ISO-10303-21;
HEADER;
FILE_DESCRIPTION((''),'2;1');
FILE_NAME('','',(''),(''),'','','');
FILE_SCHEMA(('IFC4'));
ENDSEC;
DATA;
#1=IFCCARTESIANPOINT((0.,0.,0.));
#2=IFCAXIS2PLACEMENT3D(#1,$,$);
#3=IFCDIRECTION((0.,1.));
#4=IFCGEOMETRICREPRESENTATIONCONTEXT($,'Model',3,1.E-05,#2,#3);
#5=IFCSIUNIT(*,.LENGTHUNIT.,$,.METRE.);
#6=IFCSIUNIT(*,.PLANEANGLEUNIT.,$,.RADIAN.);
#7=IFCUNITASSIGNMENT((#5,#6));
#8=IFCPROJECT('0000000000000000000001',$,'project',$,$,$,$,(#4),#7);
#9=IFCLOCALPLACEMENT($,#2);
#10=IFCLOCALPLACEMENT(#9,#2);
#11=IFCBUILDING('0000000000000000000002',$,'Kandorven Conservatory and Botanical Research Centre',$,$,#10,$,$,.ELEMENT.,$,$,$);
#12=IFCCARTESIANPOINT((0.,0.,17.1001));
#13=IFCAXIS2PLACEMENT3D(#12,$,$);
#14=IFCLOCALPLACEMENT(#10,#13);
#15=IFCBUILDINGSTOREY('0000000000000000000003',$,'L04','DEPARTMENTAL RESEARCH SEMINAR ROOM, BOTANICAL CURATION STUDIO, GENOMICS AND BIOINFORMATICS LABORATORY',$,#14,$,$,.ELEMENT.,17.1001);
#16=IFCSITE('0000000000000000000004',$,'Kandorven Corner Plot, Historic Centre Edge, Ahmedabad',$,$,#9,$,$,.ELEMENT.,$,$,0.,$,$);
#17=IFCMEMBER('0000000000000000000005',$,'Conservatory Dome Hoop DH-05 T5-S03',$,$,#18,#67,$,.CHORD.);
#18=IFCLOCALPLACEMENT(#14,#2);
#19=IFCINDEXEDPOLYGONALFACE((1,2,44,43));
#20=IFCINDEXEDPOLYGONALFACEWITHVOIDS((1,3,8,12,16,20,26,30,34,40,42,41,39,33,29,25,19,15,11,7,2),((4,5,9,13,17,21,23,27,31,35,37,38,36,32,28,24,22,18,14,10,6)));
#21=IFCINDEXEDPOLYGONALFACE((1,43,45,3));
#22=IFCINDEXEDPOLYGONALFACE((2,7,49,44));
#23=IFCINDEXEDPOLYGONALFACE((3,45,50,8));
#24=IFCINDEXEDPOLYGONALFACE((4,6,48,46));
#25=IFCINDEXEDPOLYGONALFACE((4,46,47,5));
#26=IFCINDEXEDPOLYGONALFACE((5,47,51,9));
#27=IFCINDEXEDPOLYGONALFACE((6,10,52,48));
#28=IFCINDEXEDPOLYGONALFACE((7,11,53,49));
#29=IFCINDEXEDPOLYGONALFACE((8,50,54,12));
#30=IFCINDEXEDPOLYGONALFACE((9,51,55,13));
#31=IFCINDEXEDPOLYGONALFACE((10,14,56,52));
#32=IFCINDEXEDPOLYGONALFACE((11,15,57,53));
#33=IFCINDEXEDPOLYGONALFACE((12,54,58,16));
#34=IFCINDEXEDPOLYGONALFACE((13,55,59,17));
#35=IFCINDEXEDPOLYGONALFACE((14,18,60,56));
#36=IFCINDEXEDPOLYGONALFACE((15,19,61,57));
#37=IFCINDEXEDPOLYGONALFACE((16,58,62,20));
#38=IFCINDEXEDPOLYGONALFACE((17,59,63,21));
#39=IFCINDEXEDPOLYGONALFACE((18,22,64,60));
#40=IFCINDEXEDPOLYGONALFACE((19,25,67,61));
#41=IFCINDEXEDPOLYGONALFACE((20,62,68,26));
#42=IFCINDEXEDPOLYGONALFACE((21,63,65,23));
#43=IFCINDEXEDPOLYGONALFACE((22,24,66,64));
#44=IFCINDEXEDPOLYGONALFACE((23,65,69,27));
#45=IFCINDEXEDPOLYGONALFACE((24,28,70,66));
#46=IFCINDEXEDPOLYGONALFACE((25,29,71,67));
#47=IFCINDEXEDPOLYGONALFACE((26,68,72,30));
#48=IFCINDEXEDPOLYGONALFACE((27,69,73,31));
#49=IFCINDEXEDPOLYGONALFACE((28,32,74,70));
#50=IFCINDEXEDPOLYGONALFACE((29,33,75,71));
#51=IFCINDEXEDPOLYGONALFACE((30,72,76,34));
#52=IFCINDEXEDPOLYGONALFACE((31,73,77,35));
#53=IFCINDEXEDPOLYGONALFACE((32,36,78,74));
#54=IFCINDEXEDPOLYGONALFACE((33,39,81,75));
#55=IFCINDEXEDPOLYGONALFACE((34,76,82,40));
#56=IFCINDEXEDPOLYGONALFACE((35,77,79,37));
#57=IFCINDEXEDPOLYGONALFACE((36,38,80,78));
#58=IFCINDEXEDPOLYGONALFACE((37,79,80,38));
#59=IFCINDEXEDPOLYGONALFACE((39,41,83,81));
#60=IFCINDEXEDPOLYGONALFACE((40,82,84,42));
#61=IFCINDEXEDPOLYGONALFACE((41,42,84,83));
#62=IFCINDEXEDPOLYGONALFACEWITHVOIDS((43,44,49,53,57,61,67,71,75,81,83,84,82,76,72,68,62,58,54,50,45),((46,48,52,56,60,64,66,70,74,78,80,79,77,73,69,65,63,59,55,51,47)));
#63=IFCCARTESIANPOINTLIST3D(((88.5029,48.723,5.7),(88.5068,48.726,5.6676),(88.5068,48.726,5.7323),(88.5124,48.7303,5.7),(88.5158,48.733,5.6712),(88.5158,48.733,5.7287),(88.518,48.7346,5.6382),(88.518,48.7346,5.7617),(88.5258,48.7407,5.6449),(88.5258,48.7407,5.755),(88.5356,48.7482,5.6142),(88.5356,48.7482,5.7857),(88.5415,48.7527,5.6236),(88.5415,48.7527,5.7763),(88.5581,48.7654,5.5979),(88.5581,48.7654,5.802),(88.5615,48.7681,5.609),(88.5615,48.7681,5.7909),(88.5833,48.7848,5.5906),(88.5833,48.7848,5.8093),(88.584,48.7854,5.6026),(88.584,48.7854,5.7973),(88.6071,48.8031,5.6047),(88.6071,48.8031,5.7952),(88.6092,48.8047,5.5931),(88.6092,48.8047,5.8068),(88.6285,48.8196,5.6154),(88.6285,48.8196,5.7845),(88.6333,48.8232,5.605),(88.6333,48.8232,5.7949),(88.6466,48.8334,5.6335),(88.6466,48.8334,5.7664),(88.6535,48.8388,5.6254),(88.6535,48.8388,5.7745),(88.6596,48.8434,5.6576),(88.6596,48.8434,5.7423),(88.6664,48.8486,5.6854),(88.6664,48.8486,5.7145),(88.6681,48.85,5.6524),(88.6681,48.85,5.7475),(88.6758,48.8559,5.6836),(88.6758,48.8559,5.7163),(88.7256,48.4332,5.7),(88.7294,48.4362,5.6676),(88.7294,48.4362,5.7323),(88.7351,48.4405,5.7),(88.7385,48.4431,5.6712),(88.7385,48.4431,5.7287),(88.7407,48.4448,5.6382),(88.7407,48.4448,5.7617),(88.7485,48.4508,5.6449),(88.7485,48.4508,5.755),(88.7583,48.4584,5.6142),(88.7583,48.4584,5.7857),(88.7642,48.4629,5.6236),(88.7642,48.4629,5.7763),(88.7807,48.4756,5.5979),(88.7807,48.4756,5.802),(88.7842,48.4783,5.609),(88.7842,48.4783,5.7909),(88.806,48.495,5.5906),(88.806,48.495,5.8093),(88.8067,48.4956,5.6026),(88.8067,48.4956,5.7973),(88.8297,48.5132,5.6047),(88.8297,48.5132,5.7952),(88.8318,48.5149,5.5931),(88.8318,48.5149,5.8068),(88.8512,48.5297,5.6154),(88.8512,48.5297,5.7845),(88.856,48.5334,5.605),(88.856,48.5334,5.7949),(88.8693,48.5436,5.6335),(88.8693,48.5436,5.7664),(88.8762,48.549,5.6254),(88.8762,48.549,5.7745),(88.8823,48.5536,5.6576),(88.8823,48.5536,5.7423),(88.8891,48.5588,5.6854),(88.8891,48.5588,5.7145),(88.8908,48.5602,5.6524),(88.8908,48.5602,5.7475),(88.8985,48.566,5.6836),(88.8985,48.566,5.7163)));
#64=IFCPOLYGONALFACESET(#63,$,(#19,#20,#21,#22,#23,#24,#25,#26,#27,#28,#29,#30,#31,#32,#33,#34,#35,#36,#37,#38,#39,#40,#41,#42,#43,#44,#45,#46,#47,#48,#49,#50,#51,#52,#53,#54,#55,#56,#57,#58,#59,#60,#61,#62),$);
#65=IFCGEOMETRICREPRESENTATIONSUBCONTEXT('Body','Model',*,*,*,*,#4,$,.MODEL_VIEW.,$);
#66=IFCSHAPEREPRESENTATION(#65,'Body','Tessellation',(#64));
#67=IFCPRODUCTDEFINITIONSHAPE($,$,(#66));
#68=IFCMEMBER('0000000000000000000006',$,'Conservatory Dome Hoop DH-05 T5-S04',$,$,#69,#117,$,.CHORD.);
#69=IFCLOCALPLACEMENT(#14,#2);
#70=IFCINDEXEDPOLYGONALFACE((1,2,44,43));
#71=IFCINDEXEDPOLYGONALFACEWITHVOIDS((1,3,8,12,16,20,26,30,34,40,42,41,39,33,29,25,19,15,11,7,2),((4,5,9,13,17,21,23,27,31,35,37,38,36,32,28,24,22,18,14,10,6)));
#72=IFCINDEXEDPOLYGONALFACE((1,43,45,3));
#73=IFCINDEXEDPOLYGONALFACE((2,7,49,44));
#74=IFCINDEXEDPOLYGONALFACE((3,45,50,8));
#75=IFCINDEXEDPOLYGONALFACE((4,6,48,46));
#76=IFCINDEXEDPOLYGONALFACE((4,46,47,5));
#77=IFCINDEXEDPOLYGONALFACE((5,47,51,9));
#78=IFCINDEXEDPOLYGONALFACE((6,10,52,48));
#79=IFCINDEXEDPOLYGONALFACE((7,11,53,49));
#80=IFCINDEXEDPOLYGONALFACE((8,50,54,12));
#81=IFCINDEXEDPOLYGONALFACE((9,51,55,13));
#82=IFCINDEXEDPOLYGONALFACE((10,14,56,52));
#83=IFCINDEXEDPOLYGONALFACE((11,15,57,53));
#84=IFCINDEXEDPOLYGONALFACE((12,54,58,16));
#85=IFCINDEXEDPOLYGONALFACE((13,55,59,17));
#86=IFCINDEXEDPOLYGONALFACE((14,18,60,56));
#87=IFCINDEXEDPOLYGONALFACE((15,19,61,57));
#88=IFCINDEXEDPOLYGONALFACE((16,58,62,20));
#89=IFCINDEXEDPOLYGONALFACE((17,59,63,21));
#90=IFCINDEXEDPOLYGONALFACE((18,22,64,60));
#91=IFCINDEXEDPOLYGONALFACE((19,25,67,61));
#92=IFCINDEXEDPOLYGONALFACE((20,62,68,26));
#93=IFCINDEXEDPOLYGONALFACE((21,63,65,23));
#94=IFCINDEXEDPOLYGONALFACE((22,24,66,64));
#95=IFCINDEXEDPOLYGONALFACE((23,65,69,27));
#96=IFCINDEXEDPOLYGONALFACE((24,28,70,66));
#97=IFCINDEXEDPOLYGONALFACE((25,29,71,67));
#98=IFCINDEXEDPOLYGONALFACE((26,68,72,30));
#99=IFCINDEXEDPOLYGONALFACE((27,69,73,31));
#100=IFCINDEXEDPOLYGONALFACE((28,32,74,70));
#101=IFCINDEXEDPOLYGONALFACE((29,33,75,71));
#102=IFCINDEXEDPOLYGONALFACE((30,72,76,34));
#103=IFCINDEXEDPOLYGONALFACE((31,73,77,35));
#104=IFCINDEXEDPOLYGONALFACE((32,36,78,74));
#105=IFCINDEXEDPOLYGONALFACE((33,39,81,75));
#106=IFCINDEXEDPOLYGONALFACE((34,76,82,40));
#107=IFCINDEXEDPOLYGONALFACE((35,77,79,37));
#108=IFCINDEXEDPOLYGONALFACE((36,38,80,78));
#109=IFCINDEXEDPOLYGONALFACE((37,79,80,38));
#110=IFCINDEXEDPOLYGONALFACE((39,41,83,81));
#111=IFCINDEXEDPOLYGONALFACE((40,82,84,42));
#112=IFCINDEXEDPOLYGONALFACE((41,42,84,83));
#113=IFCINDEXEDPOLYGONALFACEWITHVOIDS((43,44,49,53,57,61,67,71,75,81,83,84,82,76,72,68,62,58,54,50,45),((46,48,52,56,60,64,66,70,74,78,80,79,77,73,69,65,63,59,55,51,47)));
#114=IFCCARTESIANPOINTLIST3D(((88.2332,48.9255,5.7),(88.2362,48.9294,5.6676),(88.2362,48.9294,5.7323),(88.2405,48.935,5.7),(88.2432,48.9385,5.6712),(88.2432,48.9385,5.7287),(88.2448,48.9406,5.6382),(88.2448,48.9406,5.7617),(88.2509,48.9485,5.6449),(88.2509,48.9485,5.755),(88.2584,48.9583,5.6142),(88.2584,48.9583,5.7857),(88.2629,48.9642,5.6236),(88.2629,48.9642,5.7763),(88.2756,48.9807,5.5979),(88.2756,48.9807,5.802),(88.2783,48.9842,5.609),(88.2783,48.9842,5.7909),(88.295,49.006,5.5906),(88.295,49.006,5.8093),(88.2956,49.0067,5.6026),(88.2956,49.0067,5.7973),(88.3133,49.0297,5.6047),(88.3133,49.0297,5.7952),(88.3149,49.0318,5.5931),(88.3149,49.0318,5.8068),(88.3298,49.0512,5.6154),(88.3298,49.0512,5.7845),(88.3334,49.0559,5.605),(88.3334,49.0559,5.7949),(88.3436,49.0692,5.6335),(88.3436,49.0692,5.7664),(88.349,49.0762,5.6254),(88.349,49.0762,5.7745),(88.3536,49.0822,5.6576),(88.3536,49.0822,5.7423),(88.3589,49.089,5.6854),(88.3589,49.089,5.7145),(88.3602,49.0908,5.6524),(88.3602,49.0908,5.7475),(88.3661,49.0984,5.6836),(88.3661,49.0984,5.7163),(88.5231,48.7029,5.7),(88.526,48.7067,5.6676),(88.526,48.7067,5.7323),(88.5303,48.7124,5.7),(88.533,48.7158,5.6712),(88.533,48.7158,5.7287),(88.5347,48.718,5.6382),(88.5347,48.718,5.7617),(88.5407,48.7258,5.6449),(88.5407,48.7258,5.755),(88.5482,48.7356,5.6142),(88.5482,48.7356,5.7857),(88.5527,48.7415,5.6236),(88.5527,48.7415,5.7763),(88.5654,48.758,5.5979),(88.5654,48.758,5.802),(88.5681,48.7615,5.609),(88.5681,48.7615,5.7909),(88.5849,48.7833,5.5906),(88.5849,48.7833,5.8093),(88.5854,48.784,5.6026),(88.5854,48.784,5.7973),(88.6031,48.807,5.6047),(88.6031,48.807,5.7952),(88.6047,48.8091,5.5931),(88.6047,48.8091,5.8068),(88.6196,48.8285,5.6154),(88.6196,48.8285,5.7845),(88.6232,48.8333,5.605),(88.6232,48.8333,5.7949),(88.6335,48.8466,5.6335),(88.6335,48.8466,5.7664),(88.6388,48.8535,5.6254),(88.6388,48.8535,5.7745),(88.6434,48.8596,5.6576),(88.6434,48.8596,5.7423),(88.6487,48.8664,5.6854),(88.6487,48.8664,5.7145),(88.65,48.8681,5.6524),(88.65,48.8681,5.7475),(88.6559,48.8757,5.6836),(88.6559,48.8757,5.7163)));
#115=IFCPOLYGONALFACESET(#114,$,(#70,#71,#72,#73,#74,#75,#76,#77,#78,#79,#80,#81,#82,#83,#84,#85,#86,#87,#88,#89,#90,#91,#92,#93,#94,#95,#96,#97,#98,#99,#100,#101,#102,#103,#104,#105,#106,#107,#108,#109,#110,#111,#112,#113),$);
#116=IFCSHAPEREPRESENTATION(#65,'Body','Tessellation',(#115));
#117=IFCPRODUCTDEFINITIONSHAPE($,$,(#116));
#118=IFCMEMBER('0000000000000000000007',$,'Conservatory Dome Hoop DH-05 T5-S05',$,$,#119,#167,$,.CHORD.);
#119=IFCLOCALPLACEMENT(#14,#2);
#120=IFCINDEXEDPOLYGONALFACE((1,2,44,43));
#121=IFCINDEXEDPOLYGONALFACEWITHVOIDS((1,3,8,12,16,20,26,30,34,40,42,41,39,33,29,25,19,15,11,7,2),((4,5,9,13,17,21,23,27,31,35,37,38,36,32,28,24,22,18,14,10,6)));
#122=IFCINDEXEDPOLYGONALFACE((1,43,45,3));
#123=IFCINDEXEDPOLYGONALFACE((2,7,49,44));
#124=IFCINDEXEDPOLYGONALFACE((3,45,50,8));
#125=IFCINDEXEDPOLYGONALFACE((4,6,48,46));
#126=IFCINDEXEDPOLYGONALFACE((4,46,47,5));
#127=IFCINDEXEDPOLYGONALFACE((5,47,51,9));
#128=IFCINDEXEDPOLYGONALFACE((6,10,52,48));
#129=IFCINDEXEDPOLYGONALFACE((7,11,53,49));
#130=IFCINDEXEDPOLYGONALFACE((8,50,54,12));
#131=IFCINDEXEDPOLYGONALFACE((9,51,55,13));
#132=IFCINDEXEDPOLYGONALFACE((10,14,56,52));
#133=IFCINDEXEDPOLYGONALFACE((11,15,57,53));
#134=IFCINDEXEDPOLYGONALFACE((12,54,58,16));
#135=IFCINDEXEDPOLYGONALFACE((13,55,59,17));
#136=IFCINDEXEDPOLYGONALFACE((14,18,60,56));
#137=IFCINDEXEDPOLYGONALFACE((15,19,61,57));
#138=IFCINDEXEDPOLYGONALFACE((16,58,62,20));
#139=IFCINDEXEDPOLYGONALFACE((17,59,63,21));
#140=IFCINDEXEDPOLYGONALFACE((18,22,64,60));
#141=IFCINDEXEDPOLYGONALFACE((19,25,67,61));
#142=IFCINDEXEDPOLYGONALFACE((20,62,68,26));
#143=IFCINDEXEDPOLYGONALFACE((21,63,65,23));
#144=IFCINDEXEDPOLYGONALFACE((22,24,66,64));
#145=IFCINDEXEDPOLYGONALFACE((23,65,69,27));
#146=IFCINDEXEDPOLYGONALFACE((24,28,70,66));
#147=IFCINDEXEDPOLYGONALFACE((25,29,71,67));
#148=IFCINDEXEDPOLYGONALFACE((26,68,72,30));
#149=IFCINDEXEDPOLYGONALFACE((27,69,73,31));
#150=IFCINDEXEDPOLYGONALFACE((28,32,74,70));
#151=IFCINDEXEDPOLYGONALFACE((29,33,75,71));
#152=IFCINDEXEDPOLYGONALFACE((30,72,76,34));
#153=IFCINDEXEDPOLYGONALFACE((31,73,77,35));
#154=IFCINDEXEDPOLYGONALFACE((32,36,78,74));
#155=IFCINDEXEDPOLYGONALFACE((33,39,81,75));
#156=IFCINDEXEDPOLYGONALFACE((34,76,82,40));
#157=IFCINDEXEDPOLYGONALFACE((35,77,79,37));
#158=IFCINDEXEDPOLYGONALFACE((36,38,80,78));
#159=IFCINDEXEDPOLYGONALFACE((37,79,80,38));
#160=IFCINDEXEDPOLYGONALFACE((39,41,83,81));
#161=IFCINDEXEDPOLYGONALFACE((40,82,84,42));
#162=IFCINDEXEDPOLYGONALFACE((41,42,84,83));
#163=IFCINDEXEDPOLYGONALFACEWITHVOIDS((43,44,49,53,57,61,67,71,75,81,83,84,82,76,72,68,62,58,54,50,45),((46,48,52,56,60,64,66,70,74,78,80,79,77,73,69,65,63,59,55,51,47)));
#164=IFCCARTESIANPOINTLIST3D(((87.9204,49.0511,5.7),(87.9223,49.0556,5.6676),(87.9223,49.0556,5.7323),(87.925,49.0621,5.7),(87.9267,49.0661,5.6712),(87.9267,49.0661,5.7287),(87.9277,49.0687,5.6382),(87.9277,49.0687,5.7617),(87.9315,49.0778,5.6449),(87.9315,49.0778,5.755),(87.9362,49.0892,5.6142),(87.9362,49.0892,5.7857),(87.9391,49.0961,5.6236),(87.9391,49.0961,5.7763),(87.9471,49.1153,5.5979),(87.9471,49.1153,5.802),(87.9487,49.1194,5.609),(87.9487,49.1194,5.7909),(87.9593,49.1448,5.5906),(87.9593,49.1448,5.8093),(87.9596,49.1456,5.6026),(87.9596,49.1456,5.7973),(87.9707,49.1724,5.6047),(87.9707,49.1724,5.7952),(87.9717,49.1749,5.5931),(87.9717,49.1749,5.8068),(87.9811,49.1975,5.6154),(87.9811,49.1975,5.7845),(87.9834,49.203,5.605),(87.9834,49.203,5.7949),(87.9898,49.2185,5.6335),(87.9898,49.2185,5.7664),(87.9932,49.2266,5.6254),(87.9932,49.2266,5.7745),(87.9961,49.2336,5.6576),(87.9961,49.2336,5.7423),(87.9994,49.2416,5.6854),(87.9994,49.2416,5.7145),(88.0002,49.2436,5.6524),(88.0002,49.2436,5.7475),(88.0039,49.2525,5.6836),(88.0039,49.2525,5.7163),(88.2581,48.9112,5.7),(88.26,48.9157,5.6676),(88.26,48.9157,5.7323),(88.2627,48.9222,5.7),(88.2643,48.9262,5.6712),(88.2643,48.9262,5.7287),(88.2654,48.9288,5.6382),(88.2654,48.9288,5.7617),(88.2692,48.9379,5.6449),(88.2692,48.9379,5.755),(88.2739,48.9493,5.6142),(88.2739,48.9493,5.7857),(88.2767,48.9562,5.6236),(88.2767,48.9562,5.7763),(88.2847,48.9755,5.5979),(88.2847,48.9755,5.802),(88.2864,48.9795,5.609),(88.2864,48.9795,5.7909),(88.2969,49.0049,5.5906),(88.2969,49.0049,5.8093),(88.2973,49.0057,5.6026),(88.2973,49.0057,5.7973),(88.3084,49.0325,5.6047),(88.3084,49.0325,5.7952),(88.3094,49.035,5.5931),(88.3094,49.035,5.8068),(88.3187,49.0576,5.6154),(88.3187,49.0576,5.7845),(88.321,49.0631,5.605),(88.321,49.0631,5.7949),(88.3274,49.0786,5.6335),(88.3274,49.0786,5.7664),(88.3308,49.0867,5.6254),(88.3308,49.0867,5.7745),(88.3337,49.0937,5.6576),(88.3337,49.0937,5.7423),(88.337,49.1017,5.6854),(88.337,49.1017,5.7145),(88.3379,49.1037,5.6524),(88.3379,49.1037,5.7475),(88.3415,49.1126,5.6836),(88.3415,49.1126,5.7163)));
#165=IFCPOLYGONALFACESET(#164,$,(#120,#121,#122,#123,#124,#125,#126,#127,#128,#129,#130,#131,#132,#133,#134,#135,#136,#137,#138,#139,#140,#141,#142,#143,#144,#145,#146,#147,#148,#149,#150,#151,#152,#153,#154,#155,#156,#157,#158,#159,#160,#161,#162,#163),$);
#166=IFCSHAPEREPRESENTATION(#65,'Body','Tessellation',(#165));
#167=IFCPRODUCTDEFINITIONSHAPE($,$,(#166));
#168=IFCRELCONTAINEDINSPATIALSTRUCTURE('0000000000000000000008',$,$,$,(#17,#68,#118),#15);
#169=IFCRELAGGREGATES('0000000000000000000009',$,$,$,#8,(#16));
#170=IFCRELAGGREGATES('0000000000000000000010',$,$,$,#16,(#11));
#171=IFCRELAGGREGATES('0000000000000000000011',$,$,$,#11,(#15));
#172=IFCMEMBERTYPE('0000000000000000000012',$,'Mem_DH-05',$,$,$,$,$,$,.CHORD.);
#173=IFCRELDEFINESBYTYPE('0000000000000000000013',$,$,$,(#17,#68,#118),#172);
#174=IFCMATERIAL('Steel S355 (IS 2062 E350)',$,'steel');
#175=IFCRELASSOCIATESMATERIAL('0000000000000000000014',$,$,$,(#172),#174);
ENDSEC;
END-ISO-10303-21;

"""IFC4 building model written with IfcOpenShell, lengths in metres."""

from ifc_helpers import new_model, si_unit, direction, frame, origin, origin_2d, place, context, subcontext, project, spatial, hollow_circle, extrude, material, material_profile, profile_set, type_object, element, save


model = new_model("IFC4")

# Units and contexts
model_context = context("Model", 3, precision=1e-05, world=origin(), true_north=direction((0.0, 1.0)))
body_context = subcontext(model_context, "Body", "Model", "MODEL_VIEW")
ifc_project = project(units=[si_unit("LENGTHUNIT", "METRE"), si_unit("PLANEANGLEUNIT", "RADIAN")], contexts=[model_context])

# Site, building, storey
site_placement = place(None, origin())
site = spatial("IfcSite", under=ifc_project, at=site_placement, Name="Kandorven Corner Plot, Historic Centre Edge, Ahmedabad", CompositionType="ELEMENT", RefElevation=0.0)
building_placement = place(site_placement, origin())
building = spatial("IfcBuilding", under=site, at=building_placement, Name="Kandorven Conservatory and Botanical Research Centre", CompositionType="ELEMENT")
storey_placement = place(building_placement, frame((0.0, 0.0, 17.1001)))
storey = spatial("IfcBuildingStorey", under=building, at=storey_placement, Name="L04", Description="DEPARTMENTAL RESEARCH SEMINAR ROOM, BOTANICAL CURATION STUDIO, GENOMICS AND BIOINFORMATICS LABORATORY", CompositionType="ELEMENT", Elevation=17.1001)

# Members
ifc_material_1 = material(Name="Steel S355 (IS 2062 E350)", Category="steel")
ifc_material_profile_1 = material_profile(ifc_material_1, hollow_circle(Radius=0.1096, WallThickness=0.012, at=origin_2d()))
ifc_profile_set_1 = profile_set([ifc_material_profile_1], Name="Steel S355 (IS 2062 E350)")
member_type_1 = type_object("IfcMemberType", Name="Mem_DH-05", PredefinedType="CHORD", material=ifc_profile_set_1)
for number, where, z_axis, x_axis, name in (
    (1, (88.8125, 48.5, 5.7), (-0.609259, 0.792972, 0.0), (-0.792972, -0.609259, 0.0), "Conservatory Dome Hoop DH-05 T5-S03"),
    (2, (88.5898, 48.7898, 5.7), (-0.792972, 0.609259, 0.0), (-0.609259, -0.792972, 0.0), "Conservatory Dome Hoop DH-05 T5-S04"),
    (3, (88.3, 49.0125, 5.7), (-0.923846, 0.382765, 0.0), (-0.382765, -0.923846, 0.0), "Conservatory Dome Hoop DH-05 T5-S05"),
):
    element("IfcMember", number, at=place(storey_placement, frame(where, z_axis=z_axis, x_axis=x_axis)), inside=storey, type_object=member_type_1, Name=name, PredefinedType="CHORD", context=body_context, shape_type="SweptSolid", body=[
        extrude(hollow_circle(Radius=0.1096, WallThickness=0.012, at=origin_2d()), origin(), (0.0, 0.0, 1.0), 0.3655),
    ])

save(model, "model.ifc")
